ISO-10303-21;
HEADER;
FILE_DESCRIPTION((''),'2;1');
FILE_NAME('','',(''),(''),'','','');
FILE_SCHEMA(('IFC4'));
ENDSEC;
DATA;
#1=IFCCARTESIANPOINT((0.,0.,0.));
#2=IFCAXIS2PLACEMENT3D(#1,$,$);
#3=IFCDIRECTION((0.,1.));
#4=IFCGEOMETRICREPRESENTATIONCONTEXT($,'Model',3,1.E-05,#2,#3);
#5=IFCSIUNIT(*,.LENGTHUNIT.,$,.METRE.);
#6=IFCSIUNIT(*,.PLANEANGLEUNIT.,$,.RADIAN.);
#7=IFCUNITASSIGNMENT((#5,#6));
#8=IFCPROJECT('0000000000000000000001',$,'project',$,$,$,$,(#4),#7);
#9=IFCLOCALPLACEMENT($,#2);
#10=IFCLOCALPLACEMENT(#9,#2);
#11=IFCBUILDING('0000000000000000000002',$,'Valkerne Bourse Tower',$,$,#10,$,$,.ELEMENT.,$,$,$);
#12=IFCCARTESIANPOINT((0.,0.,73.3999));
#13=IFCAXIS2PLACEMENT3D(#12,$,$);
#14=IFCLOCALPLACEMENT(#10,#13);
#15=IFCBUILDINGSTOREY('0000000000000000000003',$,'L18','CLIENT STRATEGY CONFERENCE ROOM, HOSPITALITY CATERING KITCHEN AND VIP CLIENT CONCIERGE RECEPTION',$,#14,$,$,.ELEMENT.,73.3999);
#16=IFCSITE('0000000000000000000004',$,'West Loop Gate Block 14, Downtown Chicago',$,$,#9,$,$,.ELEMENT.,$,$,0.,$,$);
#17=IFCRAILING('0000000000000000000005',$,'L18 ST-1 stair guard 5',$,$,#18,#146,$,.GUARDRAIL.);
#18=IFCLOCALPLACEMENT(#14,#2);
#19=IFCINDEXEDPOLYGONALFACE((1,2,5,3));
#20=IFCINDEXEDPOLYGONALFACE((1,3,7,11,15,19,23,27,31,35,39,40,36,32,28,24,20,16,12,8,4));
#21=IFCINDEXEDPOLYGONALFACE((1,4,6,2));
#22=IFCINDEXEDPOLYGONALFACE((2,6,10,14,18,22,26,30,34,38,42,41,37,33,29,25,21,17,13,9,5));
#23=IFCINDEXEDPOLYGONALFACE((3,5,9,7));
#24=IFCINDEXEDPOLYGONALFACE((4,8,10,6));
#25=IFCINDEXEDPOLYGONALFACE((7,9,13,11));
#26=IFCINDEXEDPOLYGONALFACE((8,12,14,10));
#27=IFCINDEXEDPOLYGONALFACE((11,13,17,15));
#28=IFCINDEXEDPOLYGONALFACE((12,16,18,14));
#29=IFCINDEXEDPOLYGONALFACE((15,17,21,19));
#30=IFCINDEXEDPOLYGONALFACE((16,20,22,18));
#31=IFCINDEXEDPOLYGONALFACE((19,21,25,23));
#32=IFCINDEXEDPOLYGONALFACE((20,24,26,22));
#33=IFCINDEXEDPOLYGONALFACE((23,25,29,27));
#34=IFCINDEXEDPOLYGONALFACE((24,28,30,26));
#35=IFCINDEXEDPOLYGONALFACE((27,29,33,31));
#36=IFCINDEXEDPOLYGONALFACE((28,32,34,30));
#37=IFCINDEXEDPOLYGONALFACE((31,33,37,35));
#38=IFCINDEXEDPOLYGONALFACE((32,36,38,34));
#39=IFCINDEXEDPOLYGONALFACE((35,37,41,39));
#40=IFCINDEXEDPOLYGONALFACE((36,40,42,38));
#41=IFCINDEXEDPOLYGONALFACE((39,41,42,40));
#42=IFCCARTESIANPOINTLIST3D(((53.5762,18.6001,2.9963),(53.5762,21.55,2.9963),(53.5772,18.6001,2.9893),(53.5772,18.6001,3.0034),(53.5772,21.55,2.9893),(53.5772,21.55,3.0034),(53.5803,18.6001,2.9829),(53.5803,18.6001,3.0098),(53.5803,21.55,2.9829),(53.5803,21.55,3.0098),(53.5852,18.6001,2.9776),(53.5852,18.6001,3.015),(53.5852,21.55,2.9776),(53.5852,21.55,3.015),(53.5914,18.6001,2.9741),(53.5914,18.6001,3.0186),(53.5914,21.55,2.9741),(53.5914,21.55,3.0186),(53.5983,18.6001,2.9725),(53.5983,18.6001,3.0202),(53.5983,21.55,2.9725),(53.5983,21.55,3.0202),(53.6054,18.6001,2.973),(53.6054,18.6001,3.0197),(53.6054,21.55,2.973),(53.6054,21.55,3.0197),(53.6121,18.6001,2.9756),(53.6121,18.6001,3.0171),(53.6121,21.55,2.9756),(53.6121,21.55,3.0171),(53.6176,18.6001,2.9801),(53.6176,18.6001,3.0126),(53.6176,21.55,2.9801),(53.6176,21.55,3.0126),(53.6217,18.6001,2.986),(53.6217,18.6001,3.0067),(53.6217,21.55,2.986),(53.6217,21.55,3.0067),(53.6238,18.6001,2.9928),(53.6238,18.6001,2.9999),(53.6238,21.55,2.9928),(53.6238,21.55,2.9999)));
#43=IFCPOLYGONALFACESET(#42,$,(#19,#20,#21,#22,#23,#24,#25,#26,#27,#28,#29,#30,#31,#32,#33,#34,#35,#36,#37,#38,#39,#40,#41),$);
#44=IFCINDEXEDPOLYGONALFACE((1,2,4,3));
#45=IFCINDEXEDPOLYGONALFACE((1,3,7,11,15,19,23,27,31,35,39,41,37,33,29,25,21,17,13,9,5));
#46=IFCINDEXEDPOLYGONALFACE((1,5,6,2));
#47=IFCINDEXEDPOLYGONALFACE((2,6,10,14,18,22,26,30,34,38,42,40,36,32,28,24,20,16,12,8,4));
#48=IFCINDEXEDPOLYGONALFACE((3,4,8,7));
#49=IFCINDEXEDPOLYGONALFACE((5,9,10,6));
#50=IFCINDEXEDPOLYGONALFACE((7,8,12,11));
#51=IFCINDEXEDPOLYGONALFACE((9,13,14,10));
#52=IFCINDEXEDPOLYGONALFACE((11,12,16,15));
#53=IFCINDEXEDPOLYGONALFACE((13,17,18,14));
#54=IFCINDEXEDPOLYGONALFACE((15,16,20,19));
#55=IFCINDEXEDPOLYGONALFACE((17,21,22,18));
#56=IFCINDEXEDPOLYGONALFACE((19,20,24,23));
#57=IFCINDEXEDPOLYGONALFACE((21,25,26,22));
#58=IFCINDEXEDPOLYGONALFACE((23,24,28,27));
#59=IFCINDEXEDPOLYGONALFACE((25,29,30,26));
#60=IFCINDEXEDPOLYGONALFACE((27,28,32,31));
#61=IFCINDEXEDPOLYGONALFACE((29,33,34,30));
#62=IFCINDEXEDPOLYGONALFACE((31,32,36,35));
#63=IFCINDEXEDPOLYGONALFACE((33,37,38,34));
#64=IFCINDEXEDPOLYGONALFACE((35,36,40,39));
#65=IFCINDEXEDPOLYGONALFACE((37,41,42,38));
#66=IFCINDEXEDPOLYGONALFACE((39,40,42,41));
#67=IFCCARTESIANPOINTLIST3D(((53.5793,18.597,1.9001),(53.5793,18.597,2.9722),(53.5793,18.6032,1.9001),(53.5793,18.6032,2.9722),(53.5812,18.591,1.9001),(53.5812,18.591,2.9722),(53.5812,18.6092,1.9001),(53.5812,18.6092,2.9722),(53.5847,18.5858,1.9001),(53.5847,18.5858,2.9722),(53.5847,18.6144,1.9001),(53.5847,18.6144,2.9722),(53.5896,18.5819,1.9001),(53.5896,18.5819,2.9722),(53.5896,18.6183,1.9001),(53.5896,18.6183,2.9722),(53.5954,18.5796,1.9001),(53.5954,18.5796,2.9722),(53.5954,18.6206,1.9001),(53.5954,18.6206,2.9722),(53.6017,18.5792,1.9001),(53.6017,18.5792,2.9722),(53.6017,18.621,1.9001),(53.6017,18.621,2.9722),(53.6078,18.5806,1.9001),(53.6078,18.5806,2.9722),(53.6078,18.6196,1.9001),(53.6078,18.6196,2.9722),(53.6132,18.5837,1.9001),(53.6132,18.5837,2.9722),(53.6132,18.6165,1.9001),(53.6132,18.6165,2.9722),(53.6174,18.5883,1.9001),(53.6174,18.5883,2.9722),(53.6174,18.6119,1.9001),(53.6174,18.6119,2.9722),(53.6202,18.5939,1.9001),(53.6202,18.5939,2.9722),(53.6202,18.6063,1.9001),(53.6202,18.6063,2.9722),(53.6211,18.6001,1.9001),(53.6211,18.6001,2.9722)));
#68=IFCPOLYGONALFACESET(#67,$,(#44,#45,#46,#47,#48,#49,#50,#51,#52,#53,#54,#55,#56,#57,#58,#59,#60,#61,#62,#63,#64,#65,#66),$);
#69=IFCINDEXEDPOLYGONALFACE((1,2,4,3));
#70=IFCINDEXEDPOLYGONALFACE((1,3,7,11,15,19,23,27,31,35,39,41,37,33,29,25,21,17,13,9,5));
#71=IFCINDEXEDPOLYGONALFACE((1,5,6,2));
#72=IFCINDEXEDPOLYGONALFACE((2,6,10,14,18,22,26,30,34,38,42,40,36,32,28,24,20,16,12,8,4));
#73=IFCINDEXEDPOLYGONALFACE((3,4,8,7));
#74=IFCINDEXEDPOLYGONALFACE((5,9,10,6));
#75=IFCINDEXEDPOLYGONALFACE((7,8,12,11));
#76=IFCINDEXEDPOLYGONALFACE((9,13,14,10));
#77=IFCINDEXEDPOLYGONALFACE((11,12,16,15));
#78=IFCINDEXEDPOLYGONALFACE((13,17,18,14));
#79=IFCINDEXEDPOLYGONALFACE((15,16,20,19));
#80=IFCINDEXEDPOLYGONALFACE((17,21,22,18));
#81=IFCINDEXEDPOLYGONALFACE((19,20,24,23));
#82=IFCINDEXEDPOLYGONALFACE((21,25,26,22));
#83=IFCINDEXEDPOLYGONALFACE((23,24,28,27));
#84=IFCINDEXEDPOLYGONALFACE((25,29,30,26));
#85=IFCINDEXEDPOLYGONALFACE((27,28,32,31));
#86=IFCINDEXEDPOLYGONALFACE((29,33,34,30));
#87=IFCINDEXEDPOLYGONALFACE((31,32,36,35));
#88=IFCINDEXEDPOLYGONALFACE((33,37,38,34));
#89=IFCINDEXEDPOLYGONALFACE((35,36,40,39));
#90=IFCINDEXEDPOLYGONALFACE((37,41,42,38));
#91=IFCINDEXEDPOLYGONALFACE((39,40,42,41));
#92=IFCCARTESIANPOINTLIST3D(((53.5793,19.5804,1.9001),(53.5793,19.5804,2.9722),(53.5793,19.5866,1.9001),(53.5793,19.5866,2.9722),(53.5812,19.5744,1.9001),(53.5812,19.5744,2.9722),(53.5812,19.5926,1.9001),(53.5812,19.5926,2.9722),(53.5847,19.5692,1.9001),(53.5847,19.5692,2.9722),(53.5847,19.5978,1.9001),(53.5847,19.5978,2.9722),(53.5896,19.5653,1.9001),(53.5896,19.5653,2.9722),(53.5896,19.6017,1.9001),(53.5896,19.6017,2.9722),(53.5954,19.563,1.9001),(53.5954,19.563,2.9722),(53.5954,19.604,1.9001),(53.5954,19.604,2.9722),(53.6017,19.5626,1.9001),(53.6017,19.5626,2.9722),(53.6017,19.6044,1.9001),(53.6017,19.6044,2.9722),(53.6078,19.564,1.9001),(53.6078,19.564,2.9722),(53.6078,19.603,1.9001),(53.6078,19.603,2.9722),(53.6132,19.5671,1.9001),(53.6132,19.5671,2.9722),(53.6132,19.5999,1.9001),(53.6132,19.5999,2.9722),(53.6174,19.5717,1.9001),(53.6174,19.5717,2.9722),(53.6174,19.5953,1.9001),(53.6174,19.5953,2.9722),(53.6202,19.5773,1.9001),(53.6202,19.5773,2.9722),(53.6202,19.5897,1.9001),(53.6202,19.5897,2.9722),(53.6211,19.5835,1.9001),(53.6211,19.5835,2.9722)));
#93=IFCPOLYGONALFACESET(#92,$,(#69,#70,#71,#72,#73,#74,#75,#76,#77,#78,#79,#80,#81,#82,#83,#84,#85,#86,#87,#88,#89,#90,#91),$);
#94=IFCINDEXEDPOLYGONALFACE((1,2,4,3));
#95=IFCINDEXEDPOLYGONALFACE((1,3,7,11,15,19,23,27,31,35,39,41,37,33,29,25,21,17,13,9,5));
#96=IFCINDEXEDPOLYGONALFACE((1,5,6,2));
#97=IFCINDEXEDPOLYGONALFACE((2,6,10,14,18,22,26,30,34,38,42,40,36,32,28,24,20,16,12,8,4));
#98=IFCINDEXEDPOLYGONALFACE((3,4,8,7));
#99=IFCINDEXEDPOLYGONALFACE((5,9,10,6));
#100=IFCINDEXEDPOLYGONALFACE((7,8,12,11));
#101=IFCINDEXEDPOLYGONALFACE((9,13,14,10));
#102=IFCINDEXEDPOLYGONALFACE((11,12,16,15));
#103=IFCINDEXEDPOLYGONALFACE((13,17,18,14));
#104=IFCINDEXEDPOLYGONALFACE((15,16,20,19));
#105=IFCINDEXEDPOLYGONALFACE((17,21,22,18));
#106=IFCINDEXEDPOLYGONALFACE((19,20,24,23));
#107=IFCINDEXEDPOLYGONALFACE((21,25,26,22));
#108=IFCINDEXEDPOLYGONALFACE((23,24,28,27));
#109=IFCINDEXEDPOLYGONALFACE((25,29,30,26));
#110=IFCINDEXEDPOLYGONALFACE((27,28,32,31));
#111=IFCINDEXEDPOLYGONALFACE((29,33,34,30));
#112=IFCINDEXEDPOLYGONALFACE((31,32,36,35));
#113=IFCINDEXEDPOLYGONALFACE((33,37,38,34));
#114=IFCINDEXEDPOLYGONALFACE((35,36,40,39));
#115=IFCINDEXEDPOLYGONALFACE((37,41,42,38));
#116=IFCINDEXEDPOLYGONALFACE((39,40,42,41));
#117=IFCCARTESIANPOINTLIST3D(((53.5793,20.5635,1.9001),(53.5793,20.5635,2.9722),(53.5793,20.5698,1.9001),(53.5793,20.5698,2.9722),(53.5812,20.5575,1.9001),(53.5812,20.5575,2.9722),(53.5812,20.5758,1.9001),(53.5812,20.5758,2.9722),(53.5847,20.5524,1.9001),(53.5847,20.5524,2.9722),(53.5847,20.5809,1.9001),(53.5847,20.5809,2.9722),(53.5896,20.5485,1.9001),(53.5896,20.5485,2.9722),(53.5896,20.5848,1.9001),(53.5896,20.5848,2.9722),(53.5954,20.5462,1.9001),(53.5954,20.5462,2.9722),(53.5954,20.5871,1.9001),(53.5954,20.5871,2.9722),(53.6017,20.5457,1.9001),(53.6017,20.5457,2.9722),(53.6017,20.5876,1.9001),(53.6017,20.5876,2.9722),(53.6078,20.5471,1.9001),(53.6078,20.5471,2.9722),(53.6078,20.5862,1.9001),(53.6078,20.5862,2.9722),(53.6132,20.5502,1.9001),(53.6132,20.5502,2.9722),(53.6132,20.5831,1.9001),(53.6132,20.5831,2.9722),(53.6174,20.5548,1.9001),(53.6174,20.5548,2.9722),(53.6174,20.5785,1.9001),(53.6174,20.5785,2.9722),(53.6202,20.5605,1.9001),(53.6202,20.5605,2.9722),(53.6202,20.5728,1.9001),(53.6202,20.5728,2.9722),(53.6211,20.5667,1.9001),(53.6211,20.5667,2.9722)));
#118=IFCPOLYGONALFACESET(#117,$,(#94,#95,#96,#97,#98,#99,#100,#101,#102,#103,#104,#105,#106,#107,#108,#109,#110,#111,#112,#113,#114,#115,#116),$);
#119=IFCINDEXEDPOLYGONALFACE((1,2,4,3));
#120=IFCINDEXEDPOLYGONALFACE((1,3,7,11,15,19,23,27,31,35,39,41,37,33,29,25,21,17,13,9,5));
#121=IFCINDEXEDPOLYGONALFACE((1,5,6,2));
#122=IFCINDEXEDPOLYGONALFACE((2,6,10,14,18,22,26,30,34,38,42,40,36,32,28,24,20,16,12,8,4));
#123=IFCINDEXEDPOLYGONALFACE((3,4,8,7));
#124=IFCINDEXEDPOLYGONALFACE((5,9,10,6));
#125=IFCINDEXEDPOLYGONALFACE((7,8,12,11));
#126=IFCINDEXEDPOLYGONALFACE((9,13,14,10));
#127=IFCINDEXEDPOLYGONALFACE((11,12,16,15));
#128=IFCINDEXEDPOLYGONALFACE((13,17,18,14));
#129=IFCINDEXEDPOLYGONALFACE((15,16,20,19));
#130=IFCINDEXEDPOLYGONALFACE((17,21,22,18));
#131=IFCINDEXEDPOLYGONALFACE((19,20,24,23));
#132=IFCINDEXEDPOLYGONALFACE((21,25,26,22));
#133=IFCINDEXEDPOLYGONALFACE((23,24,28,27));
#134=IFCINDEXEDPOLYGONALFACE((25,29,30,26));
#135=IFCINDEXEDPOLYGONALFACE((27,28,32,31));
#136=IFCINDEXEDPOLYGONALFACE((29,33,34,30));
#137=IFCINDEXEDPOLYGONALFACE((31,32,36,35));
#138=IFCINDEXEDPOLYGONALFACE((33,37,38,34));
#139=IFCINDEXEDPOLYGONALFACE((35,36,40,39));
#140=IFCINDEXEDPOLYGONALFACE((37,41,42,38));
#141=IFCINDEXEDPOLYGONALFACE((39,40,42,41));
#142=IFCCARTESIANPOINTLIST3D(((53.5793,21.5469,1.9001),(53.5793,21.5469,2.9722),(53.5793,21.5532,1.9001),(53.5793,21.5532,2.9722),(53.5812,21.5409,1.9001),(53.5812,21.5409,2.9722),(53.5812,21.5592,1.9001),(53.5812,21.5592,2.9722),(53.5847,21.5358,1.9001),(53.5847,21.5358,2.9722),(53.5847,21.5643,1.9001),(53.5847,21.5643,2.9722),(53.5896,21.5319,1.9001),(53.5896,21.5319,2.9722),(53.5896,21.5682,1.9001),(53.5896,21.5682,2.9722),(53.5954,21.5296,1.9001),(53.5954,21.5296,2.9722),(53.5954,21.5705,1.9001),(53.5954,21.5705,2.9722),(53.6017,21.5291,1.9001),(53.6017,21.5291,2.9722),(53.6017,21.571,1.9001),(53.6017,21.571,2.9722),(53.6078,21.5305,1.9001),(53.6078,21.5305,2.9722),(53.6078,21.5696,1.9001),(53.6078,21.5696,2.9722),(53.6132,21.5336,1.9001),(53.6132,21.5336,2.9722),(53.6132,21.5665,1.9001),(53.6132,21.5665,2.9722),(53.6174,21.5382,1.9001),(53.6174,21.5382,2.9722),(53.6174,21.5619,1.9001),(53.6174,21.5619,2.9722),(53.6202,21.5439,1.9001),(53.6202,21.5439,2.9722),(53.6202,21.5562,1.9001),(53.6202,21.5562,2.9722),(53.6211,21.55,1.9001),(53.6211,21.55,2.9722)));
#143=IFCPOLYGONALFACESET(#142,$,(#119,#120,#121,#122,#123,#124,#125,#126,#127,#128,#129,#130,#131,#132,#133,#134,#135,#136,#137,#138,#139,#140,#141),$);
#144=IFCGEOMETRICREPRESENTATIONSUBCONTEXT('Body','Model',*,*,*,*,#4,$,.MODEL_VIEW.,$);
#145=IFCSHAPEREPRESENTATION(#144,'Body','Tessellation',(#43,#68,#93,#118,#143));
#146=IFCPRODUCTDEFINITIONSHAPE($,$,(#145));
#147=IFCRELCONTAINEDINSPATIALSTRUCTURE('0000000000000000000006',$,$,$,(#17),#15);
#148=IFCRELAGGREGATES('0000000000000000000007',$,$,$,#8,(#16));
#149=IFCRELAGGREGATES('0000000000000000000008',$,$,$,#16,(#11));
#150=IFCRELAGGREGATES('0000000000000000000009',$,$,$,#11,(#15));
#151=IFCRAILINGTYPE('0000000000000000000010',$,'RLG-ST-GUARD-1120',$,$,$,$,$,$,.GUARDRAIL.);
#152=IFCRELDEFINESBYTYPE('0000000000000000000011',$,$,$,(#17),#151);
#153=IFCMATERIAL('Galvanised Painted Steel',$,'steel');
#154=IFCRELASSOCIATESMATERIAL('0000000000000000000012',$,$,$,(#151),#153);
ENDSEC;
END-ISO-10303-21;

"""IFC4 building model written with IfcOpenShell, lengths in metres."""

from ifc_helpers import new_model, si_unit, direction, frame, origin, origin_2d, place, context, subcontext, project, spatial, circle, extrude, material, type_object, element, save


model = new_model("IFC4")

# Units and contexts
model_context = context("Model", 3, precision=1e-05, world=origin(), true_north=direction((0.0, 1.0)))
body_context = subcontext(model_context, "Body", "Model", "MODEL_VIEW")
ifc_project = project(units=[si_unit("LENGTHUNIT", "METRE"), si_unit("PLANEANGLEUNIT", "RADIAN")], contexts=[model_context])

# Site, building, storey
site_placement = place(None, origin())
site = spatial("IfcSite", under=ifc_project, at=site_placement, Name="West Loop Gate Block 14, Downtown Chicago", CompositionType="ELEMENT", RefElevation=0.0)
building_placement = place(site_placement, origin())
building = spatial("IfcBuilding", under=site, at=building_placement, Name="Valkerne Bourse Tower", CompositionType="ELEMENT")
storey_placement = place(building_placement, frame((0.0, 0.0, 73.3999)))
storey = spatial("IfcBuildingStorey", under=building, at=storey_placement, Name="L18", Description="CLIENT STRATEGY CONFERENCE ROOM, HOSPITALITY CATERING KITCHEN AND VIP CLIENT CONCIERGE RECEPTION", CompositionType="ELEMENT", Elevation=73.3999)

# Shared definitions
ifc_material_1 = material(Name="Galvanised Painted Steel", Category="steel")

# Railing
railing_type = type_object("IfcRailingType", Name="RLG-ST-GUARD-1120", PredefinedType="GUARDRAIL", material=ifc_material_1)
railing_1_placement = place(storey_placement, frame((53.6001, 18.6001, 1.9001)))
element("IfcRailing", 1, at=railing_1_placement, inside=storey, type_object=railing_type, Name="L18 ST-1 stair guard 5", PredefinedType="GUARDRAIL", context=body_context, shape_type="SweptSolid", body=[
    extrude(circle(Radius=0.0239, at=origin_2d()), frame((0.0, 0.0, 1.0962), z_axis=(0.0, 1.0, 0.0), x_axis=(-1.0, 0.0, 0.0)), (0.0, 0.0, 1.0), 2.95),
    extrude(circle(Radius=0.021, at=origin_2d()), origin(), (0.0, 0.0, 1.0), 1.072),
    extrude(circle(Radius=0.021, at=origin_2d()), frame((0.0, 0.9834, 0.0)), (0.0, 0.0, 1.0), 1.072),
    extrude(circle(Radius=0.021, at=origin_2d()), frame((0.0, 1.9666, 0.0)), (0.0, 0.0, 1.0), 1.072),
    extrude(circle(Radius=0.021, at=origin_2d()), frame((0.0, 2.95, 0.0)), (0.0, 0.0, 1.0), 1.072),
])

save(model, "model.ifc")
